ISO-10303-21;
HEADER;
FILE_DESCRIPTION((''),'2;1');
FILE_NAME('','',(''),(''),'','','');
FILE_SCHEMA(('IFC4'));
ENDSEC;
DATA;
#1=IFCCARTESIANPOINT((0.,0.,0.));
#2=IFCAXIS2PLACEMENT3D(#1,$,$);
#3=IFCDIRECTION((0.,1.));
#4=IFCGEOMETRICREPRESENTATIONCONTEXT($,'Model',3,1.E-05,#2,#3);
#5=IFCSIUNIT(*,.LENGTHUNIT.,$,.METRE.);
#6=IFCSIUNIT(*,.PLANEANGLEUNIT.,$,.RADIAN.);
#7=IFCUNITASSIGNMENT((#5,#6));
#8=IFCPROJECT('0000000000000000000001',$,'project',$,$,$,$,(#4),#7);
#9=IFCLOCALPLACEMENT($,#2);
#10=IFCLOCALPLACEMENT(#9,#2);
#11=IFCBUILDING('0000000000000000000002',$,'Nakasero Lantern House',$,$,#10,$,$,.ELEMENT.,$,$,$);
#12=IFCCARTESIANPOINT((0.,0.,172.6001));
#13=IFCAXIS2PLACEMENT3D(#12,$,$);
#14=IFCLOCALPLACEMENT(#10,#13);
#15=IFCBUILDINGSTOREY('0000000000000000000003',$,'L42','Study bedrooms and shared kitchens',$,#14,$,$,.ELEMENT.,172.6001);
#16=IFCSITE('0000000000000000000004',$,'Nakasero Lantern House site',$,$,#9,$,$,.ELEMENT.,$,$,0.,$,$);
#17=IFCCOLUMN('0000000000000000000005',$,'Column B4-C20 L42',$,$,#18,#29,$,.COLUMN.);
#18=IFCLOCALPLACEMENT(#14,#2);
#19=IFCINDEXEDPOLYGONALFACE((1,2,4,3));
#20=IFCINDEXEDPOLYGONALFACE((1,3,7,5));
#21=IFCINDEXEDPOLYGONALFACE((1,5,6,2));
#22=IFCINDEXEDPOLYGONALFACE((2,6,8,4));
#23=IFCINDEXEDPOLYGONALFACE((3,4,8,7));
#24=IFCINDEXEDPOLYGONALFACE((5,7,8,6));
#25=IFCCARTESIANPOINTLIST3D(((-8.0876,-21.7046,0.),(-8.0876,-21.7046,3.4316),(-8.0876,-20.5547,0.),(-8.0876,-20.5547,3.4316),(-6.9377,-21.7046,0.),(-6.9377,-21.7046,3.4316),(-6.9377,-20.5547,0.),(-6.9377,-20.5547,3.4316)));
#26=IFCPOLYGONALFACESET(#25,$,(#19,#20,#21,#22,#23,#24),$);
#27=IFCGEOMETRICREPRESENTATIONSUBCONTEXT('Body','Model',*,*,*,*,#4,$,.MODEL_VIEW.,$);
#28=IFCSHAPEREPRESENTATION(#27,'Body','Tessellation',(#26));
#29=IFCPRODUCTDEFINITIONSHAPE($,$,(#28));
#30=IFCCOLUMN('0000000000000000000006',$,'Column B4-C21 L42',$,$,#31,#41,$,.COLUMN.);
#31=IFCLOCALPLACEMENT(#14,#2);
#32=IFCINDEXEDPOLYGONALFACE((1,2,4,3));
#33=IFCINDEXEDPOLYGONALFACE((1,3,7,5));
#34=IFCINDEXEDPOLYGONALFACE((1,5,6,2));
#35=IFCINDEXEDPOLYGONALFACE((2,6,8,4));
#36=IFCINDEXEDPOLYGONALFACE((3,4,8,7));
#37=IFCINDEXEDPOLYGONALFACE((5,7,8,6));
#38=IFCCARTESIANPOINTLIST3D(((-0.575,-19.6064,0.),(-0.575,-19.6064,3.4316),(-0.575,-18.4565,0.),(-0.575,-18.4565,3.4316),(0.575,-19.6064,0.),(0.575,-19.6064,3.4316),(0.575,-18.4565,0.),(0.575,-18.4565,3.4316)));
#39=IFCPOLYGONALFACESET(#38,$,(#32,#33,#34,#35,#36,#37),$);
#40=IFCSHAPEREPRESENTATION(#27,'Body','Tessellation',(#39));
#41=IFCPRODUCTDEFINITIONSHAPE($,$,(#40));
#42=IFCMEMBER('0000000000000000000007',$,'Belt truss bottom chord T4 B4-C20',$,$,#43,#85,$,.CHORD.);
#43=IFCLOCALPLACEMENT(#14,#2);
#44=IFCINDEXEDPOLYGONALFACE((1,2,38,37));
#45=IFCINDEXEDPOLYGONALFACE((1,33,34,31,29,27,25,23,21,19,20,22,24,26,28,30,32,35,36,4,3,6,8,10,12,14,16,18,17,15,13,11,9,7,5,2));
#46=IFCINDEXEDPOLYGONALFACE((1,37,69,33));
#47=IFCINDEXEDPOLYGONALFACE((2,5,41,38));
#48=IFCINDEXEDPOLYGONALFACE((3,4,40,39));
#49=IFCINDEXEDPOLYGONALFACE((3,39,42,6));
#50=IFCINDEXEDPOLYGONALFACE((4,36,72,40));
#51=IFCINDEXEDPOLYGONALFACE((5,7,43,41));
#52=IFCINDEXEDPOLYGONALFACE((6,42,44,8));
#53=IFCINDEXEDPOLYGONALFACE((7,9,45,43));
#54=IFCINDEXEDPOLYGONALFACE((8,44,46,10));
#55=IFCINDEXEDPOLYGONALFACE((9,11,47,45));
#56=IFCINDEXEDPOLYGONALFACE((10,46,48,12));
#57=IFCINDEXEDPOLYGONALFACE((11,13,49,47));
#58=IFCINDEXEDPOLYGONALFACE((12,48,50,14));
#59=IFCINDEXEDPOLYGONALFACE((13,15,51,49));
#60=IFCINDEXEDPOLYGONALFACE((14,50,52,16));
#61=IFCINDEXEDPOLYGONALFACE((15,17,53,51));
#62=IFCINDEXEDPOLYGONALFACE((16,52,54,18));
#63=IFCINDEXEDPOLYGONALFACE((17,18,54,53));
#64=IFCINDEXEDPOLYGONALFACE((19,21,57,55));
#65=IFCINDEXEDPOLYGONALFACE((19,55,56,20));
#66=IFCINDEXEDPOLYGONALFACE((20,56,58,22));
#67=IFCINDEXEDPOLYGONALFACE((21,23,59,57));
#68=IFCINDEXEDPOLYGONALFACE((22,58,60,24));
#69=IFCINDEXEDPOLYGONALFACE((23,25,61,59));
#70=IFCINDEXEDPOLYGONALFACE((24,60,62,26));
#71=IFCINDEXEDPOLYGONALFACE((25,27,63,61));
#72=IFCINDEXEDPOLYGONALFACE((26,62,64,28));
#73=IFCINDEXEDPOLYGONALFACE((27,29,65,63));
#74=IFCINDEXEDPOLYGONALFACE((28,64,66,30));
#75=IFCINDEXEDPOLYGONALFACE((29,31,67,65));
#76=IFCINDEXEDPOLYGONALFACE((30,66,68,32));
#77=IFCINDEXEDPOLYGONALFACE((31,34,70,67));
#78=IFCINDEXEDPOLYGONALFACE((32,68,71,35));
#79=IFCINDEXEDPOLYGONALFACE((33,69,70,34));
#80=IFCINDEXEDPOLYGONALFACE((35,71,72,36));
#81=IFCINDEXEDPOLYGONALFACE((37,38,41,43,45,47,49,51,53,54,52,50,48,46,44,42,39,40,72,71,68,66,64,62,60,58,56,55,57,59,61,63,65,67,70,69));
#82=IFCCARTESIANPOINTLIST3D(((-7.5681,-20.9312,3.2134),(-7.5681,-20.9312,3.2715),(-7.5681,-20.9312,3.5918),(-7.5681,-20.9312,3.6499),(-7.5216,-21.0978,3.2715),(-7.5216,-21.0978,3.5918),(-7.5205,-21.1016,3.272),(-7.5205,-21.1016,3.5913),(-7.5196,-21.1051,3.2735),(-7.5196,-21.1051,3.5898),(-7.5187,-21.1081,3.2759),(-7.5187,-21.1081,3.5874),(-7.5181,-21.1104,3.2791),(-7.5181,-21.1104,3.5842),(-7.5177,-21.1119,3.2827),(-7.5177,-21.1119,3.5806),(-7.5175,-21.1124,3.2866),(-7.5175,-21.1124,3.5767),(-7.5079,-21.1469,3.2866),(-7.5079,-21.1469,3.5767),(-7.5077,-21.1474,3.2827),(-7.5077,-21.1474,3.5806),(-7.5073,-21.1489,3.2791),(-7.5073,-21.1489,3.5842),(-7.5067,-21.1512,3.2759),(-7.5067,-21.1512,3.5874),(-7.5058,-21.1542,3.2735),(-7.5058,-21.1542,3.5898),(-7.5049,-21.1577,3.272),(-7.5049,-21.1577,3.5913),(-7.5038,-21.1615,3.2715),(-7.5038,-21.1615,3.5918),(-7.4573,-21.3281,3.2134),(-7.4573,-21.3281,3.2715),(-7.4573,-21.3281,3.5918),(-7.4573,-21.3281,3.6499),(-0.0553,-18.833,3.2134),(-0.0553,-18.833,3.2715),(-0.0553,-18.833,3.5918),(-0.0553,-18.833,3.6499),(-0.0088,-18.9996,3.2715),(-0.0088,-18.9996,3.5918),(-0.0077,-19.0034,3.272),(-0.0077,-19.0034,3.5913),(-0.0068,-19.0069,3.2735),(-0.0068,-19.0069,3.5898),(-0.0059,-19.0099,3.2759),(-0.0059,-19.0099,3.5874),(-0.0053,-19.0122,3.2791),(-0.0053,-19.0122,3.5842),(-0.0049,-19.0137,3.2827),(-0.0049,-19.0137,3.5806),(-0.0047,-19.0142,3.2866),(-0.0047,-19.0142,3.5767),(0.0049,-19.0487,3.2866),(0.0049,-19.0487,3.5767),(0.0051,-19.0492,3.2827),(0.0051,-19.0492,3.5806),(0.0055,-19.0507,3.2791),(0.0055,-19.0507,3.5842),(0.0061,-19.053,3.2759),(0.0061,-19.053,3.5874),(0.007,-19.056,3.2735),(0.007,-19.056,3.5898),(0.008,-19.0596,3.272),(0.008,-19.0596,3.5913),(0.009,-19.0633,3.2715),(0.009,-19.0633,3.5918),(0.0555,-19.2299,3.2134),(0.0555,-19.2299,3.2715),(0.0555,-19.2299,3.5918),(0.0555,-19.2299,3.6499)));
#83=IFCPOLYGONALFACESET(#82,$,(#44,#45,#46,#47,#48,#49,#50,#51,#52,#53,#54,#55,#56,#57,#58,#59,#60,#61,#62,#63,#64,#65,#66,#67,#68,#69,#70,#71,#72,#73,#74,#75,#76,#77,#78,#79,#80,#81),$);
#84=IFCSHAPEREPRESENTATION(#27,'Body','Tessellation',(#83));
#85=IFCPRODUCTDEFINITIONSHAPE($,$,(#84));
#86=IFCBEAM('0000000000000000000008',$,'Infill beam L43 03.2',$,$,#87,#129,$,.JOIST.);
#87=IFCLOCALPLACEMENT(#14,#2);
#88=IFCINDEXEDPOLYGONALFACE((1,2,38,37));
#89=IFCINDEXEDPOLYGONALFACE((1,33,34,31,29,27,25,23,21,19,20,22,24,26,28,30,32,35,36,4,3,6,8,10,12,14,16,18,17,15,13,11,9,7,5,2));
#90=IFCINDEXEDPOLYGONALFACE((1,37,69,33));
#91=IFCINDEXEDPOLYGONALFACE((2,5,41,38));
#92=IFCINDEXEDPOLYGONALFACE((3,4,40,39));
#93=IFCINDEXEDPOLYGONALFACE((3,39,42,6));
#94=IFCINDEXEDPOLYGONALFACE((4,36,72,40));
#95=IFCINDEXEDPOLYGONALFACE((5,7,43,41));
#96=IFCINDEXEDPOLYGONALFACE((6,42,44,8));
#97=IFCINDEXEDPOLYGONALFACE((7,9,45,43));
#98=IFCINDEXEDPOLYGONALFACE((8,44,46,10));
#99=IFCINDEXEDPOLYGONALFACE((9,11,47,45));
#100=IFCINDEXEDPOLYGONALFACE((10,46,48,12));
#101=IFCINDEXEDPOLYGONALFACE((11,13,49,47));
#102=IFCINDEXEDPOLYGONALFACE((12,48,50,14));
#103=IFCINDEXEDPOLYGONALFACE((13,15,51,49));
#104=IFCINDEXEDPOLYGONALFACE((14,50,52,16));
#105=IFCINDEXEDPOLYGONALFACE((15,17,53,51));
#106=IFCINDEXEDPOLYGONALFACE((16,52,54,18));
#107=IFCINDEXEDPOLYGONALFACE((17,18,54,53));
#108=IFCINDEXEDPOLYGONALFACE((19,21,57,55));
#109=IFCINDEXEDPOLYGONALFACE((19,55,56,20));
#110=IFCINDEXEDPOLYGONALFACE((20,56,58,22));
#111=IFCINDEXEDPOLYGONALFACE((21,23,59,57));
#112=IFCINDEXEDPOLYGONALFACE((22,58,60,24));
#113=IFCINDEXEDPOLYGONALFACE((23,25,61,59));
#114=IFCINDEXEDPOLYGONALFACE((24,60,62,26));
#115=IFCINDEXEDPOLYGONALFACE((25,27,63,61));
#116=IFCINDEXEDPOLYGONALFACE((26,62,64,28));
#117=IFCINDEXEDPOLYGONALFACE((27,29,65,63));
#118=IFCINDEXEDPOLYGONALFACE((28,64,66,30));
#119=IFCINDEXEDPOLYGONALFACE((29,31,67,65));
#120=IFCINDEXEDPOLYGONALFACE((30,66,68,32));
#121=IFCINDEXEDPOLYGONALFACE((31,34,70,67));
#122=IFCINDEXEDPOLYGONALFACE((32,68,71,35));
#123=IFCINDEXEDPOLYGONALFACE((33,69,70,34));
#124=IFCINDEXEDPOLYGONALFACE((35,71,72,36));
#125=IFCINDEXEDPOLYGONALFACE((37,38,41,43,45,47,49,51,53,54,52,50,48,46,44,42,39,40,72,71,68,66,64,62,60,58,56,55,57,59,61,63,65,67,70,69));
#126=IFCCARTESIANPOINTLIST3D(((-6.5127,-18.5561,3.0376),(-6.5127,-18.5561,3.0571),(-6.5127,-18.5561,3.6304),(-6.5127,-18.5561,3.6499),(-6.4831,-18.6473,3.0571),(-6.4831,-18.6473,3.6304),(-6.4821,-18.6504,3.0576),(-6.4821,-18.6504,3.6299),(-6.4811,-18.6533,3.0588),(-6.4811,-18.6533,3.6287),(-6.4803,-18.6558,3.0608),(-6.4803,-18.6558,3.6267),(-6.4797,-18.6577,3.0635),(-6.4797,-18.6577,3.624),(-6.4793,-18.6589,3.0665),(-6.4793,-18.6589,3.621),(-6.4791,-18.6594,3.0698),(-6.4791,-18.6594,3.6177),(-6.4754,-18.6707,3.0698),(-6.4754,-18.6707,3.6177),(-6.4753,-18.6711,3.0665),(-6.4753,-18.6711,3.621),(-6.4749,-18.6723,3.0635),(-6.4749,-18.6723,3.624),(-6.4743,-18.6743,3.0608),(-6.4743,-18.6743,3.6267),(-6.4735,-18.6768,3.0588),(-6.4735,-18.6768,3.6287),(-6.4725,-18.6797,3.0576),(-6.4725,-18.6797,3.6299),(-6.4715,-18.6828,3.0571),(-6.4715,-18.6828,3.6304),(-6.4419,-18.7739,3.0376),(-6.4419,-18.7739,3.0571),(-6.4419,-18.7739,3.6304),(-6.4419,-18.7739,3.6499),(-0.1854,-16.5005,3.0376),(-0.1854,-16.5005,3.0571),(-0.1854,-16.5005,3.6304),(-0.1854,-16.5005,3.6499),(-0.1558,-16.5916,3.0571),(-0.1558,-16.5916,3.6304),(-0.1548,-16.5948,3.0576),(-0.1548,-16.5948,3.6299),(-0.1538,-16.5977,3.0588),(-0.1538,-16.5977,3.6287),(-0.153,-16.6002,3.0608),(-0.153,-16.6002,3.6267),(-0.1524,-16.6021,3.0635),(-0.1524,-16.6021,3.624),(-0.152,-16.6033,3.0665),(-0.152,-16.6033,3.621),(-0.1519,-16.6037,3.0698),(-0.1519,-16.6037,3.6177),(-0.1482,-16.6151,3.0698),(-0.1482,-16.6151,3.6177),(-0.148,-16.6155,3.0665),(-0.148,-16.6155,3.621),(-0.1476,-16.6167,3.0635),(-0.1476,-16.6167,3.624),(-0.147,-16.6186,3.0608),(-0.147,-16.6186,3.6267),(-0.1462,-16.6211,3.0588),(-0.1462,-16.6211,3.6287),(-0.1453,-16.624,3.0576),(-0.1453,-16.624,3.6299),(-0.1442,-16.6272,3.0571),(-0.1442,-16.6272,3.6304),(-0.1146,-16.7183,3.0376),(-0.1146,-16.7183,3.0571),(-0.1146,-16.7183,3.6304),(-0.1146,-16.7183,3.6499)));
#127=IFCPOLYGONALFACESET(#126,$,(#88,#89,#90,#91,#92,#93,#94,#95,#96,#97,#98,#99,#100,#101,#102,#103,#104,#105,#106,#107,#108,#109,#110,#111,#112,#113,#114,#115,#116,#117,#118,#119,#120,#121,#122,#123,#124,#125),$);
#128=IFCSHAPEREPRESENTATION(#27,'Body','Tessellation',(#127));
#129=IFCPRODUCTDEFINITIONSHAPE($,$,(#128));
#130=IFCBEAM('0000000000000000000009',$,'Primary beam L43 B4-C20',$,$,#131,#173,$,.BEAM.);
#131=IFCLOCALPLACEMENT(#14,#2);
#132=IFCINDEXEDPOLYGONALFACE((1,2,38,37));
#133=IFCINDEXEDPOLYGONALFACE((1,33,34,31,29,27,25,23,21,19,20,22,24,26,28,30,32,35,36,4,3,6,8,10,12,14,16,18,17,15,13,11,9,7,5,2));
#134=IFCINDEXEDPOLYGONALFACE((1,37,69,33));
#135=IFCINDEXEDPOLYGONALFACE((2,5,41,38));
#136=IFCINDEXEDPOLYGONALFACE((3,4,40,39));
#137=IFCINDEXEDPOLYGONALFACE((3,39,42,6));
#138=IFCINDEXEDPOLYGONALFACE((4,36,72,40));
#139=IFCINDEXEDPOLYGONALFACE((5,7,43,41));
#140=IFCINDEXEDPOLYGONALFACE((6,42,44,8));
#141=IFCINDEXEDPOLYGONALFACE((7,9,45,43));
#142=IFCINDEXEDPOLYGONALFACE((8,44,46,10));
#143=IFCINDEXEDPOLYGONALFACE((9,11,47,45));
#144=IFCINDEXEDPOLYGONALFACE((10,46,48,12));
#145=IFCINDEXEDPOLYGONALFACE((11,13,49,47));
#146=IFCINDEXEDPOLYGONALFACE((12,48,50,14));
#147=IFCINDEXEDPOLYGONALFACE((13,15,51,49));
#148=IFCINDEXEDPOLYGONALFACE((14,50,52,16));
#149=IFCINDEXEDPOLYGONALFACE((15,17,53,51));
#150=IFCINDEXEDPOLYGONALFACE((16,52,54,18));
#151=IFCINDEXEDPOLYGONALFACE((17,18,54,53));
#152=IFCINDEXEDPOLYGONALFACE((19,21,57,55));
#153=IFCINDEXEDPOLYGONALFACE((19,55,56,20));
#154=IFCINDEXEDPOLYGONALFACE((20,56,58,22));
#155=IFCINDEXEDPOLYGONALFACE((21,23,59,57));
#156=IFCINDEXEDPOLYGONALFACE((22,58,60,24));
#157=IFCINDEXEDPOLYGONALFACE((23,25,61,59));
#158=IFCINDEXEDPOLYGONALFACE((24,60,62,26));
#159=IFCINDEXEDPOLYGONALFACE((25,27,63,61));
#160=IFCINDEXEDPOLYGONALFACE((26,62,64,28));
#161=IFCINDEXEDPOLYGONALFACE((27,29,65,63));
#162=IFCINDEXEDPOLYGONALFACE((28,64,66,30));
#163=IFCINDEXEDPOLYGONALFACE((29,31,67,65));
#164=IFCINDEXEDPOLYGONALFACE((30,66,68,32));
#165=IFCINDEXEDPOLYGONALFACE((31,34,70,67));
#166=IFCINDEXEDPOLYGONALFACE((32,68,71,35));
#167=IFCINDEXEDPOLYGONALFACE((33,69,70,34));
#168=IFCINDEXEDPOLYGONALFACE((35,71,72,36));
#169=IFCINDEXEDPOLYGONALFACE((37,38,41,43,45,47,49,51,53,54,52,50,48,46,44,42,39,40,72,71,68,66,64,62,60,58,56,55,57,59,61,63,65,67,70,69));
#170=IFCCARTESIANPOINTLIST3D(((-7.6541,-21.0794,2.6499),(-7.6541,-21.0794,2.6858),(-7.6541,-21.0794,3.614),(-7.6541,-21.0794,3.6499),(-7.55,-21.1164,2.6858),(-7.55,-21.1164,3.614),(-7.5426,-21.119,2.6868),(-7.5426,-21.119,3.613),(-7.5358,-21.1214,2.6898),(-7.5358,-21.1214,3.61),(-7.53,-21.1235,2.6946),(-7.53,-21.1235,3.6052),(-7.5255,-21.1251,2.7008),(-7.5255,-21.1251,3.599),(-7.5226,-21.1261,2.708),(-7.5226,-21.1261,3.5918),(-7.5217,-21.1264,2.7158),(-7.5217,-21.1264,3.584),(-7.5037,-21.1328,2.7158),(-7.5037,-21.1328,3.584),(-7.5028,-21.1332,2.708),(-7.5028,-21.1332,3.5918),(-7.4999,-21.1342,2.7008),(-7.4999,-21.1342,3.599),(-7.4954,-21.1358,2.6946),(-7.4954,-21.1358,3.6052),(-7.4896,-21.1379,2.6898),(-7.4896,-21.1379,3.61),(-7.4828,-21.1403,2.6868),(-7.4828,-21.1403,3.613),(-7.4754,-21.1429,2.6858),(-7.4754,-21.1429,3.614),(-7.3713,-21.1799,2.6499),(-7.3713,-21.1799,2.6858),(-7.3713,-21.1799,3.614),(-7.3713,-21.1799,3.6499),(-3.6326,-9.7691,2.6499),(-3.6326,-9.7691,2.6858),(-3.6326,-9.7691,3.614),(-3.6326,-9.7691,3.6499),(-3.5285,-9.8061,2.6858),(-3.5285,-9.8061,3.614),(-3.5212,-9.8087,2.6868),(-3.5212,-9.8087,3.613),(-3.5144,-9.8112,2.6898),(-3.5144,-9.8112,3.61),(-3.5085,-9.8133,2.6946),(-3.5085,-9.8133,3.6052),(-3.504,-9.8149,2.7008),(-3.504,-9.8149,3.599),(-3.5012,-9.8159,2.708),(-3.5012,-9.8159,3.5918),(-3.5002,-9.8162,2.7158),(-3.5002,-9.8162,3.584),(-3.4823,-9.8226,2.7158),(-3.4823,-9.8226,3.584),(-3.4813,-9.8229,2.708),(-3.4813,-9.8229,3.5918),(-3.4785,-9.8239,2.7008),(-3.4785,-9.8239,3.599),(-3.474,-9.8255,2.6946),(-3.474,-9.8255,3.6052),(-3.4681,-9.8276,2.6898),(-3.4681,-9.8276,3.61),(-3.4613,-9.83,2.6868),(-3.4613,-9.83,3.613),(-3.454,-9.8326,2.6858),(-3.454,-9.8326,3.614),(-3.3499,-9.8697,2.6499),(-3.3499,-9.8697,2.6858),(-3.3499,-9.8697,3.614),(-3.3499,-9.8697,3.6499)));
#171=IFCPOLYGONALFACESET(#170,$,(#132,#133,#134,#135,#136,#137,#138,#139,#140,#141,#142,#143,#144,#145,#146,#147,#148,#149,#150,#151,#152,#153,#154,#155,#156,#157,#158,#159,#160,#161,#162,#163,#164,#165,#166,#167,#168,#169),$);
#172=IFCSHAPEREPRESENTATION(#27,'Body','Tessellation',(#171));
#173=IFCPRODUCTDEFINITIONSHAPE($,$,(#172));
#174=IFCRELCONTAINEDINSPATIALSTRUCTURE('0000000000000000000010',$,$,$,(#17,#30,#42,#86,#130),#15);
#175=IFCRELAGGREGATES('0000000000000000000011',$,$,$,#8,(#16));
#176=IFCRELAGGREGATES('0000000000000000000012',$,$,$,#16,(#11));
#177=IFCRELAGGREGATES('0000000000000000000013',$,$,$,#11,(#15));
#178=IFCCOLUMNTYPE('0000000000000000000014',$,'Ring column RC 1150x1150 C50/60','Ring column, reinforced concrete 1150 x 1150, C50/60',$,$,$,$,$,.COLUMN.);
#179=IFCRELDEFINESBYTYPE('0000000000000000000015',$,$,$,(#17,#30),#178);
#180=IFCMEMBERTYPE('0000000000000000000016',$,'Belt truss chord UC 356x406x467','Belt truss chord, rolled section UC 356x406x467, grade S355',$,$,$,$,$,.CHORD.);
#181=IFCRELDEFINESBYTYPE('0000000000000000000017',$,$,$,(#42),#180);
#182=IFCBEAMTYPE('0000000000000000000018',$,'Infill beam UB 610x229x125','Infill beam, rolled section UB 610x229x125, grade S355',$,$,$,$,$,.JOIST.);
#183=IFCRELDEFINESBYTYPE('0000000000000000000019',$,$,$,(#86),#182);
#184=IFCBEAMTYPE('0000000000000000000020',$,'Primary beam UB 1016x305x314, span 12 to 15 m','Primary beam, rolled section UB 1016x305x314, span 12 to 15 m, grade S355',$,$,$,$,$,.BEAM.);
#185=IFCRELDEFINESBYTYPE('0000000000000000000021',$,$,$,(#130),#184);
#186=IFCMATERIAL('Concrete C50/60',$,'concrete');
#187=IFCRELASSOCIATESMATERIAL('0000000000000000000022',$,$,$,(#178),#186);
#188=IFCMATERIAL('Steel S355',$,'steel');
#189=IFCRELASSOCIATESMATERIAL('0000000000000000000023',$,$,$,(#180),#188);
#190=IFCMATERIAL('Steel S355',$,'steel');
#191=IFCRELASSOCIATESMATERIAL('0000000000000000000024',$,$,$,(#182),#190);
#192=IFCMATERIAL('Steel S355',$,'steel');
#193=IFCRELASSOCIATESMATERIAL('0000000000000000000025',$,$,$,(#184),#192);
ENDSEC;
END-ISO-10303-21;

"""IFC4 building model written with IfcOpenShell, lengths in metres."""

from ifc_helpers import new_model, si_unit, direction, frame, origin, origin_2d, place, context, subcontext, project, spatial, rectangle, i_section, extrude, material, material_profile, profile_set, type_object, element, save


model = new_model("IFC4")

# Units and contexts
model_context = context("Model", 3, precision=1e-05, world=origin(), true_north=direction((0.0, 1.0)))
body_context = subcontext(model_context, "Body", "Model", "MODEL_VIEW")
ifc_project = project(units=[si_unit("LENGTHUNIT", "METRE"), si_unit("PLANEANGLEUNIT", "RADIAN")], contexts=[model_context])

# Site, building, storey
site_placement = place(None, origin())
site = spatial("IfcSite", under=ifc_project, at=site_placement, Name="Nakasero Lantern House site", CompositionType="ELEMENT", RefElevation=0.0)
building_placement = place(site_placement, origin())
building = spatial("IfcBuilding", under=site, at=building_placement, Name="Nakasero Lantern House", CompositionType="ELEMENT")
storey_placement = place(building_placement, frame((0.0, 0.0, 172.6001)))
storey = spatial("IfcBuildingStorey", under=building, at=storey_placement, Name="L42", Description="Study bedrooms and shared kitchens", CompositionType="ELEMENT", Elevation=172.6001)

# Columns
ifc_material_1 = material(Name="Concrete C50/60", Category="concrete")
ifc_material_profile_1 = material_profile(ifc_material_1, rectangle(XDim=1.1499, YDim=1.1499, at=origin_2d()), Name="RC 1150x1150")
ifc_profile_set_1 = profile_set([ifc_material_profile_1], Name="Concrete C50/60")
column_type = type_object("IfcColumnType", Name="Ring column RC 1150x1150 C50/60", Description="Ring column, reinforced concrete 1150 x 1150, C50/60", PredefinedType="COLUMN", material=ifc_profile_set_1)
for number, where, z_axis, x_axis, name in (
    (1, (-7.5127, -21.1296, 0.0), (0.0, 0.0, 1.0), (1.0, 0.0, 0.0), "Column B4-C20 L42"),
    (2, (0.0, -19.0315, 0.0), (0.0, 0.0, 1.0), (1.0, 0.0, 0.0), "Column B4-C21 L42"),
):
    element("IfcColumn", number, at=place(storey_placement, frame(where, z_axis=z_axis, x_axis=x_axis)), inside=storey, type_object=column_type, Name=name, PredefinedType="COLUMN", context=body_context, shape_type="SweptSolid", body=[
        extrude(rectangle(XDim=1.1499, YDim=1.1499, at=origin_2d()), origin(), (0.0, 0.0, 1.0), 3.4316),
    ])

# Member
ifc_material_2 = material(Name="Steel S355", Category="steel")
ifc_material_profile_2 = material_profile(ifc_material_2, i_section(OverallWidth=0.4121, OverallDepth=0.4365, WebThickness=0.0359, FlangeThickness=0.0581, FilletRadius=0.0151, at=origin_2d()), Name="UC 356x406x467")
ifc_profile_set_2 = profile_set([ifc_material_profile_2], Name="Steel S355")
member_type = type_object("IfcMemberType", Name="Belt truss chord UC 356x406x467", Description="Belt truss chord, rolled section UC 356x406x467, grade S355", PredefinedType="CHORD", material=ifc_profile_set_2)
member_placement = place(storey_placement, frame((-7.5127, -21.1296, 3.4316), z_axis=(0.963144, 0.268987, 0.0), x_axis=(-0.268987, 0.963144, 0.0)))
element("IfcMember", 3, at=member_placement, inside=storey, type_object=member_type, Name="Belt truss bottom chord T4 B4-C20", PredefinedType="CHORD", context=body_context, shape_type="SweptSolid", body=[
    extrude(i_section(OverallWidth=0.4121, OverallDepth=0.4365, WebThickness=0.0359, FlangeThickness=0.0581, FilletRadius=0.0151, at=origin_2d()), origin(), (0.0, 0.0, 1.0), 7.8003),
])

# Beams
ifc_material_3 = material(Name="Steel S355", Category="steel")
ifc_material_profile_3 = material_profile(ifc_material_3, i_section(OverallWidth=0.229, OverallDepth=0.6123, WebThickness=0.012, FlangeThickness=0.0195, FilletRadius=0.0127, at=origin_2d()), Name="UB 610x229x125")
ifc_profile_set_3 = profile_set([ifc_material_profile_3], Name="Steel S355")
beam_type_1 = type_object("IfcBeamType", Name="Infill beam UB 610x229x125", Description="Infill beam, rolled section UB 610x229x125, grade S355", PredefinedType="JOIST", material=ifc_profile_set_3)
beam_1_placement = place(storey_placement, frame((-6.4773, -18.665, 3.3438), z_axis=(0.951067, 0.308986, 0.0), x_axis=(-0.308986, 0.951067, 0.0)))
element("IfcBeam", 4, at=beam_1_placement, inside=storey, type_object=beam_type_1, Name="Infill beam L43 03.2", PredefinedType="JOIST", context=body_context, shape_type="SweptSolid", body=[
    extrude(i_section(OverallWidth=0.229, OverallDepth=0.6123, WebThickness=0.012, FlangeThickness=0.0195, FilletRadius=0.0127, at=origin_2d()), origin(), (0.0, 0.0, 1.0), 6.6528),
])
ifc_material_4 = material(Name="Steel S355", Category="steel")
ifc_material_profile_4 = material_profile(ifc_material_4, i_section(OverallWidth=0.3, OverallDepth=1.0, WebThickness=0.019, FlangeThickness=0.0359, FilletRadius=0.03, at=origin_2d()), Name="UB 1016x305x314")
ifc_profile_set_4 = profile_set([ifc_material_profile_4], Name="Steel S355")
beam_type_2 = type_object("IfcBeamType", Name="Primary beam UB 1016x305x314, span 12 to 15 m", Description="Primary beam, rolled section UB 1016x305x314, span 12 to 15 m, grade S355", PredefinedType="BEAM", material=ifc_profile_set_4)
beam_2_placement = place(storey_placement, frame((-7.5127, -21.1296, 3.1499), z_axis=(0.335013, 0.942214, 0.0), x_axis=(-0.942214, 0.335013, 0.0)))
element("IfcBeam", 5, at=beam_2_placement, inside=storey, type_object=beam_type_2, Name="Primary beam L43 B4-C20", PredefinedType="BEAM", context=body_context, shape_type="SweptSolid", body=[
    extrude(i_section(OverallWidth=0.3, OverallDepth=1.0, WebThickness=0.019, FlangeThickness=0.0359, FilletRadius=0.03, at=origin_2d()), origin(), (0.0, 0.0, 1.0), 12.0039),
])

save(model, "model.ifc")
